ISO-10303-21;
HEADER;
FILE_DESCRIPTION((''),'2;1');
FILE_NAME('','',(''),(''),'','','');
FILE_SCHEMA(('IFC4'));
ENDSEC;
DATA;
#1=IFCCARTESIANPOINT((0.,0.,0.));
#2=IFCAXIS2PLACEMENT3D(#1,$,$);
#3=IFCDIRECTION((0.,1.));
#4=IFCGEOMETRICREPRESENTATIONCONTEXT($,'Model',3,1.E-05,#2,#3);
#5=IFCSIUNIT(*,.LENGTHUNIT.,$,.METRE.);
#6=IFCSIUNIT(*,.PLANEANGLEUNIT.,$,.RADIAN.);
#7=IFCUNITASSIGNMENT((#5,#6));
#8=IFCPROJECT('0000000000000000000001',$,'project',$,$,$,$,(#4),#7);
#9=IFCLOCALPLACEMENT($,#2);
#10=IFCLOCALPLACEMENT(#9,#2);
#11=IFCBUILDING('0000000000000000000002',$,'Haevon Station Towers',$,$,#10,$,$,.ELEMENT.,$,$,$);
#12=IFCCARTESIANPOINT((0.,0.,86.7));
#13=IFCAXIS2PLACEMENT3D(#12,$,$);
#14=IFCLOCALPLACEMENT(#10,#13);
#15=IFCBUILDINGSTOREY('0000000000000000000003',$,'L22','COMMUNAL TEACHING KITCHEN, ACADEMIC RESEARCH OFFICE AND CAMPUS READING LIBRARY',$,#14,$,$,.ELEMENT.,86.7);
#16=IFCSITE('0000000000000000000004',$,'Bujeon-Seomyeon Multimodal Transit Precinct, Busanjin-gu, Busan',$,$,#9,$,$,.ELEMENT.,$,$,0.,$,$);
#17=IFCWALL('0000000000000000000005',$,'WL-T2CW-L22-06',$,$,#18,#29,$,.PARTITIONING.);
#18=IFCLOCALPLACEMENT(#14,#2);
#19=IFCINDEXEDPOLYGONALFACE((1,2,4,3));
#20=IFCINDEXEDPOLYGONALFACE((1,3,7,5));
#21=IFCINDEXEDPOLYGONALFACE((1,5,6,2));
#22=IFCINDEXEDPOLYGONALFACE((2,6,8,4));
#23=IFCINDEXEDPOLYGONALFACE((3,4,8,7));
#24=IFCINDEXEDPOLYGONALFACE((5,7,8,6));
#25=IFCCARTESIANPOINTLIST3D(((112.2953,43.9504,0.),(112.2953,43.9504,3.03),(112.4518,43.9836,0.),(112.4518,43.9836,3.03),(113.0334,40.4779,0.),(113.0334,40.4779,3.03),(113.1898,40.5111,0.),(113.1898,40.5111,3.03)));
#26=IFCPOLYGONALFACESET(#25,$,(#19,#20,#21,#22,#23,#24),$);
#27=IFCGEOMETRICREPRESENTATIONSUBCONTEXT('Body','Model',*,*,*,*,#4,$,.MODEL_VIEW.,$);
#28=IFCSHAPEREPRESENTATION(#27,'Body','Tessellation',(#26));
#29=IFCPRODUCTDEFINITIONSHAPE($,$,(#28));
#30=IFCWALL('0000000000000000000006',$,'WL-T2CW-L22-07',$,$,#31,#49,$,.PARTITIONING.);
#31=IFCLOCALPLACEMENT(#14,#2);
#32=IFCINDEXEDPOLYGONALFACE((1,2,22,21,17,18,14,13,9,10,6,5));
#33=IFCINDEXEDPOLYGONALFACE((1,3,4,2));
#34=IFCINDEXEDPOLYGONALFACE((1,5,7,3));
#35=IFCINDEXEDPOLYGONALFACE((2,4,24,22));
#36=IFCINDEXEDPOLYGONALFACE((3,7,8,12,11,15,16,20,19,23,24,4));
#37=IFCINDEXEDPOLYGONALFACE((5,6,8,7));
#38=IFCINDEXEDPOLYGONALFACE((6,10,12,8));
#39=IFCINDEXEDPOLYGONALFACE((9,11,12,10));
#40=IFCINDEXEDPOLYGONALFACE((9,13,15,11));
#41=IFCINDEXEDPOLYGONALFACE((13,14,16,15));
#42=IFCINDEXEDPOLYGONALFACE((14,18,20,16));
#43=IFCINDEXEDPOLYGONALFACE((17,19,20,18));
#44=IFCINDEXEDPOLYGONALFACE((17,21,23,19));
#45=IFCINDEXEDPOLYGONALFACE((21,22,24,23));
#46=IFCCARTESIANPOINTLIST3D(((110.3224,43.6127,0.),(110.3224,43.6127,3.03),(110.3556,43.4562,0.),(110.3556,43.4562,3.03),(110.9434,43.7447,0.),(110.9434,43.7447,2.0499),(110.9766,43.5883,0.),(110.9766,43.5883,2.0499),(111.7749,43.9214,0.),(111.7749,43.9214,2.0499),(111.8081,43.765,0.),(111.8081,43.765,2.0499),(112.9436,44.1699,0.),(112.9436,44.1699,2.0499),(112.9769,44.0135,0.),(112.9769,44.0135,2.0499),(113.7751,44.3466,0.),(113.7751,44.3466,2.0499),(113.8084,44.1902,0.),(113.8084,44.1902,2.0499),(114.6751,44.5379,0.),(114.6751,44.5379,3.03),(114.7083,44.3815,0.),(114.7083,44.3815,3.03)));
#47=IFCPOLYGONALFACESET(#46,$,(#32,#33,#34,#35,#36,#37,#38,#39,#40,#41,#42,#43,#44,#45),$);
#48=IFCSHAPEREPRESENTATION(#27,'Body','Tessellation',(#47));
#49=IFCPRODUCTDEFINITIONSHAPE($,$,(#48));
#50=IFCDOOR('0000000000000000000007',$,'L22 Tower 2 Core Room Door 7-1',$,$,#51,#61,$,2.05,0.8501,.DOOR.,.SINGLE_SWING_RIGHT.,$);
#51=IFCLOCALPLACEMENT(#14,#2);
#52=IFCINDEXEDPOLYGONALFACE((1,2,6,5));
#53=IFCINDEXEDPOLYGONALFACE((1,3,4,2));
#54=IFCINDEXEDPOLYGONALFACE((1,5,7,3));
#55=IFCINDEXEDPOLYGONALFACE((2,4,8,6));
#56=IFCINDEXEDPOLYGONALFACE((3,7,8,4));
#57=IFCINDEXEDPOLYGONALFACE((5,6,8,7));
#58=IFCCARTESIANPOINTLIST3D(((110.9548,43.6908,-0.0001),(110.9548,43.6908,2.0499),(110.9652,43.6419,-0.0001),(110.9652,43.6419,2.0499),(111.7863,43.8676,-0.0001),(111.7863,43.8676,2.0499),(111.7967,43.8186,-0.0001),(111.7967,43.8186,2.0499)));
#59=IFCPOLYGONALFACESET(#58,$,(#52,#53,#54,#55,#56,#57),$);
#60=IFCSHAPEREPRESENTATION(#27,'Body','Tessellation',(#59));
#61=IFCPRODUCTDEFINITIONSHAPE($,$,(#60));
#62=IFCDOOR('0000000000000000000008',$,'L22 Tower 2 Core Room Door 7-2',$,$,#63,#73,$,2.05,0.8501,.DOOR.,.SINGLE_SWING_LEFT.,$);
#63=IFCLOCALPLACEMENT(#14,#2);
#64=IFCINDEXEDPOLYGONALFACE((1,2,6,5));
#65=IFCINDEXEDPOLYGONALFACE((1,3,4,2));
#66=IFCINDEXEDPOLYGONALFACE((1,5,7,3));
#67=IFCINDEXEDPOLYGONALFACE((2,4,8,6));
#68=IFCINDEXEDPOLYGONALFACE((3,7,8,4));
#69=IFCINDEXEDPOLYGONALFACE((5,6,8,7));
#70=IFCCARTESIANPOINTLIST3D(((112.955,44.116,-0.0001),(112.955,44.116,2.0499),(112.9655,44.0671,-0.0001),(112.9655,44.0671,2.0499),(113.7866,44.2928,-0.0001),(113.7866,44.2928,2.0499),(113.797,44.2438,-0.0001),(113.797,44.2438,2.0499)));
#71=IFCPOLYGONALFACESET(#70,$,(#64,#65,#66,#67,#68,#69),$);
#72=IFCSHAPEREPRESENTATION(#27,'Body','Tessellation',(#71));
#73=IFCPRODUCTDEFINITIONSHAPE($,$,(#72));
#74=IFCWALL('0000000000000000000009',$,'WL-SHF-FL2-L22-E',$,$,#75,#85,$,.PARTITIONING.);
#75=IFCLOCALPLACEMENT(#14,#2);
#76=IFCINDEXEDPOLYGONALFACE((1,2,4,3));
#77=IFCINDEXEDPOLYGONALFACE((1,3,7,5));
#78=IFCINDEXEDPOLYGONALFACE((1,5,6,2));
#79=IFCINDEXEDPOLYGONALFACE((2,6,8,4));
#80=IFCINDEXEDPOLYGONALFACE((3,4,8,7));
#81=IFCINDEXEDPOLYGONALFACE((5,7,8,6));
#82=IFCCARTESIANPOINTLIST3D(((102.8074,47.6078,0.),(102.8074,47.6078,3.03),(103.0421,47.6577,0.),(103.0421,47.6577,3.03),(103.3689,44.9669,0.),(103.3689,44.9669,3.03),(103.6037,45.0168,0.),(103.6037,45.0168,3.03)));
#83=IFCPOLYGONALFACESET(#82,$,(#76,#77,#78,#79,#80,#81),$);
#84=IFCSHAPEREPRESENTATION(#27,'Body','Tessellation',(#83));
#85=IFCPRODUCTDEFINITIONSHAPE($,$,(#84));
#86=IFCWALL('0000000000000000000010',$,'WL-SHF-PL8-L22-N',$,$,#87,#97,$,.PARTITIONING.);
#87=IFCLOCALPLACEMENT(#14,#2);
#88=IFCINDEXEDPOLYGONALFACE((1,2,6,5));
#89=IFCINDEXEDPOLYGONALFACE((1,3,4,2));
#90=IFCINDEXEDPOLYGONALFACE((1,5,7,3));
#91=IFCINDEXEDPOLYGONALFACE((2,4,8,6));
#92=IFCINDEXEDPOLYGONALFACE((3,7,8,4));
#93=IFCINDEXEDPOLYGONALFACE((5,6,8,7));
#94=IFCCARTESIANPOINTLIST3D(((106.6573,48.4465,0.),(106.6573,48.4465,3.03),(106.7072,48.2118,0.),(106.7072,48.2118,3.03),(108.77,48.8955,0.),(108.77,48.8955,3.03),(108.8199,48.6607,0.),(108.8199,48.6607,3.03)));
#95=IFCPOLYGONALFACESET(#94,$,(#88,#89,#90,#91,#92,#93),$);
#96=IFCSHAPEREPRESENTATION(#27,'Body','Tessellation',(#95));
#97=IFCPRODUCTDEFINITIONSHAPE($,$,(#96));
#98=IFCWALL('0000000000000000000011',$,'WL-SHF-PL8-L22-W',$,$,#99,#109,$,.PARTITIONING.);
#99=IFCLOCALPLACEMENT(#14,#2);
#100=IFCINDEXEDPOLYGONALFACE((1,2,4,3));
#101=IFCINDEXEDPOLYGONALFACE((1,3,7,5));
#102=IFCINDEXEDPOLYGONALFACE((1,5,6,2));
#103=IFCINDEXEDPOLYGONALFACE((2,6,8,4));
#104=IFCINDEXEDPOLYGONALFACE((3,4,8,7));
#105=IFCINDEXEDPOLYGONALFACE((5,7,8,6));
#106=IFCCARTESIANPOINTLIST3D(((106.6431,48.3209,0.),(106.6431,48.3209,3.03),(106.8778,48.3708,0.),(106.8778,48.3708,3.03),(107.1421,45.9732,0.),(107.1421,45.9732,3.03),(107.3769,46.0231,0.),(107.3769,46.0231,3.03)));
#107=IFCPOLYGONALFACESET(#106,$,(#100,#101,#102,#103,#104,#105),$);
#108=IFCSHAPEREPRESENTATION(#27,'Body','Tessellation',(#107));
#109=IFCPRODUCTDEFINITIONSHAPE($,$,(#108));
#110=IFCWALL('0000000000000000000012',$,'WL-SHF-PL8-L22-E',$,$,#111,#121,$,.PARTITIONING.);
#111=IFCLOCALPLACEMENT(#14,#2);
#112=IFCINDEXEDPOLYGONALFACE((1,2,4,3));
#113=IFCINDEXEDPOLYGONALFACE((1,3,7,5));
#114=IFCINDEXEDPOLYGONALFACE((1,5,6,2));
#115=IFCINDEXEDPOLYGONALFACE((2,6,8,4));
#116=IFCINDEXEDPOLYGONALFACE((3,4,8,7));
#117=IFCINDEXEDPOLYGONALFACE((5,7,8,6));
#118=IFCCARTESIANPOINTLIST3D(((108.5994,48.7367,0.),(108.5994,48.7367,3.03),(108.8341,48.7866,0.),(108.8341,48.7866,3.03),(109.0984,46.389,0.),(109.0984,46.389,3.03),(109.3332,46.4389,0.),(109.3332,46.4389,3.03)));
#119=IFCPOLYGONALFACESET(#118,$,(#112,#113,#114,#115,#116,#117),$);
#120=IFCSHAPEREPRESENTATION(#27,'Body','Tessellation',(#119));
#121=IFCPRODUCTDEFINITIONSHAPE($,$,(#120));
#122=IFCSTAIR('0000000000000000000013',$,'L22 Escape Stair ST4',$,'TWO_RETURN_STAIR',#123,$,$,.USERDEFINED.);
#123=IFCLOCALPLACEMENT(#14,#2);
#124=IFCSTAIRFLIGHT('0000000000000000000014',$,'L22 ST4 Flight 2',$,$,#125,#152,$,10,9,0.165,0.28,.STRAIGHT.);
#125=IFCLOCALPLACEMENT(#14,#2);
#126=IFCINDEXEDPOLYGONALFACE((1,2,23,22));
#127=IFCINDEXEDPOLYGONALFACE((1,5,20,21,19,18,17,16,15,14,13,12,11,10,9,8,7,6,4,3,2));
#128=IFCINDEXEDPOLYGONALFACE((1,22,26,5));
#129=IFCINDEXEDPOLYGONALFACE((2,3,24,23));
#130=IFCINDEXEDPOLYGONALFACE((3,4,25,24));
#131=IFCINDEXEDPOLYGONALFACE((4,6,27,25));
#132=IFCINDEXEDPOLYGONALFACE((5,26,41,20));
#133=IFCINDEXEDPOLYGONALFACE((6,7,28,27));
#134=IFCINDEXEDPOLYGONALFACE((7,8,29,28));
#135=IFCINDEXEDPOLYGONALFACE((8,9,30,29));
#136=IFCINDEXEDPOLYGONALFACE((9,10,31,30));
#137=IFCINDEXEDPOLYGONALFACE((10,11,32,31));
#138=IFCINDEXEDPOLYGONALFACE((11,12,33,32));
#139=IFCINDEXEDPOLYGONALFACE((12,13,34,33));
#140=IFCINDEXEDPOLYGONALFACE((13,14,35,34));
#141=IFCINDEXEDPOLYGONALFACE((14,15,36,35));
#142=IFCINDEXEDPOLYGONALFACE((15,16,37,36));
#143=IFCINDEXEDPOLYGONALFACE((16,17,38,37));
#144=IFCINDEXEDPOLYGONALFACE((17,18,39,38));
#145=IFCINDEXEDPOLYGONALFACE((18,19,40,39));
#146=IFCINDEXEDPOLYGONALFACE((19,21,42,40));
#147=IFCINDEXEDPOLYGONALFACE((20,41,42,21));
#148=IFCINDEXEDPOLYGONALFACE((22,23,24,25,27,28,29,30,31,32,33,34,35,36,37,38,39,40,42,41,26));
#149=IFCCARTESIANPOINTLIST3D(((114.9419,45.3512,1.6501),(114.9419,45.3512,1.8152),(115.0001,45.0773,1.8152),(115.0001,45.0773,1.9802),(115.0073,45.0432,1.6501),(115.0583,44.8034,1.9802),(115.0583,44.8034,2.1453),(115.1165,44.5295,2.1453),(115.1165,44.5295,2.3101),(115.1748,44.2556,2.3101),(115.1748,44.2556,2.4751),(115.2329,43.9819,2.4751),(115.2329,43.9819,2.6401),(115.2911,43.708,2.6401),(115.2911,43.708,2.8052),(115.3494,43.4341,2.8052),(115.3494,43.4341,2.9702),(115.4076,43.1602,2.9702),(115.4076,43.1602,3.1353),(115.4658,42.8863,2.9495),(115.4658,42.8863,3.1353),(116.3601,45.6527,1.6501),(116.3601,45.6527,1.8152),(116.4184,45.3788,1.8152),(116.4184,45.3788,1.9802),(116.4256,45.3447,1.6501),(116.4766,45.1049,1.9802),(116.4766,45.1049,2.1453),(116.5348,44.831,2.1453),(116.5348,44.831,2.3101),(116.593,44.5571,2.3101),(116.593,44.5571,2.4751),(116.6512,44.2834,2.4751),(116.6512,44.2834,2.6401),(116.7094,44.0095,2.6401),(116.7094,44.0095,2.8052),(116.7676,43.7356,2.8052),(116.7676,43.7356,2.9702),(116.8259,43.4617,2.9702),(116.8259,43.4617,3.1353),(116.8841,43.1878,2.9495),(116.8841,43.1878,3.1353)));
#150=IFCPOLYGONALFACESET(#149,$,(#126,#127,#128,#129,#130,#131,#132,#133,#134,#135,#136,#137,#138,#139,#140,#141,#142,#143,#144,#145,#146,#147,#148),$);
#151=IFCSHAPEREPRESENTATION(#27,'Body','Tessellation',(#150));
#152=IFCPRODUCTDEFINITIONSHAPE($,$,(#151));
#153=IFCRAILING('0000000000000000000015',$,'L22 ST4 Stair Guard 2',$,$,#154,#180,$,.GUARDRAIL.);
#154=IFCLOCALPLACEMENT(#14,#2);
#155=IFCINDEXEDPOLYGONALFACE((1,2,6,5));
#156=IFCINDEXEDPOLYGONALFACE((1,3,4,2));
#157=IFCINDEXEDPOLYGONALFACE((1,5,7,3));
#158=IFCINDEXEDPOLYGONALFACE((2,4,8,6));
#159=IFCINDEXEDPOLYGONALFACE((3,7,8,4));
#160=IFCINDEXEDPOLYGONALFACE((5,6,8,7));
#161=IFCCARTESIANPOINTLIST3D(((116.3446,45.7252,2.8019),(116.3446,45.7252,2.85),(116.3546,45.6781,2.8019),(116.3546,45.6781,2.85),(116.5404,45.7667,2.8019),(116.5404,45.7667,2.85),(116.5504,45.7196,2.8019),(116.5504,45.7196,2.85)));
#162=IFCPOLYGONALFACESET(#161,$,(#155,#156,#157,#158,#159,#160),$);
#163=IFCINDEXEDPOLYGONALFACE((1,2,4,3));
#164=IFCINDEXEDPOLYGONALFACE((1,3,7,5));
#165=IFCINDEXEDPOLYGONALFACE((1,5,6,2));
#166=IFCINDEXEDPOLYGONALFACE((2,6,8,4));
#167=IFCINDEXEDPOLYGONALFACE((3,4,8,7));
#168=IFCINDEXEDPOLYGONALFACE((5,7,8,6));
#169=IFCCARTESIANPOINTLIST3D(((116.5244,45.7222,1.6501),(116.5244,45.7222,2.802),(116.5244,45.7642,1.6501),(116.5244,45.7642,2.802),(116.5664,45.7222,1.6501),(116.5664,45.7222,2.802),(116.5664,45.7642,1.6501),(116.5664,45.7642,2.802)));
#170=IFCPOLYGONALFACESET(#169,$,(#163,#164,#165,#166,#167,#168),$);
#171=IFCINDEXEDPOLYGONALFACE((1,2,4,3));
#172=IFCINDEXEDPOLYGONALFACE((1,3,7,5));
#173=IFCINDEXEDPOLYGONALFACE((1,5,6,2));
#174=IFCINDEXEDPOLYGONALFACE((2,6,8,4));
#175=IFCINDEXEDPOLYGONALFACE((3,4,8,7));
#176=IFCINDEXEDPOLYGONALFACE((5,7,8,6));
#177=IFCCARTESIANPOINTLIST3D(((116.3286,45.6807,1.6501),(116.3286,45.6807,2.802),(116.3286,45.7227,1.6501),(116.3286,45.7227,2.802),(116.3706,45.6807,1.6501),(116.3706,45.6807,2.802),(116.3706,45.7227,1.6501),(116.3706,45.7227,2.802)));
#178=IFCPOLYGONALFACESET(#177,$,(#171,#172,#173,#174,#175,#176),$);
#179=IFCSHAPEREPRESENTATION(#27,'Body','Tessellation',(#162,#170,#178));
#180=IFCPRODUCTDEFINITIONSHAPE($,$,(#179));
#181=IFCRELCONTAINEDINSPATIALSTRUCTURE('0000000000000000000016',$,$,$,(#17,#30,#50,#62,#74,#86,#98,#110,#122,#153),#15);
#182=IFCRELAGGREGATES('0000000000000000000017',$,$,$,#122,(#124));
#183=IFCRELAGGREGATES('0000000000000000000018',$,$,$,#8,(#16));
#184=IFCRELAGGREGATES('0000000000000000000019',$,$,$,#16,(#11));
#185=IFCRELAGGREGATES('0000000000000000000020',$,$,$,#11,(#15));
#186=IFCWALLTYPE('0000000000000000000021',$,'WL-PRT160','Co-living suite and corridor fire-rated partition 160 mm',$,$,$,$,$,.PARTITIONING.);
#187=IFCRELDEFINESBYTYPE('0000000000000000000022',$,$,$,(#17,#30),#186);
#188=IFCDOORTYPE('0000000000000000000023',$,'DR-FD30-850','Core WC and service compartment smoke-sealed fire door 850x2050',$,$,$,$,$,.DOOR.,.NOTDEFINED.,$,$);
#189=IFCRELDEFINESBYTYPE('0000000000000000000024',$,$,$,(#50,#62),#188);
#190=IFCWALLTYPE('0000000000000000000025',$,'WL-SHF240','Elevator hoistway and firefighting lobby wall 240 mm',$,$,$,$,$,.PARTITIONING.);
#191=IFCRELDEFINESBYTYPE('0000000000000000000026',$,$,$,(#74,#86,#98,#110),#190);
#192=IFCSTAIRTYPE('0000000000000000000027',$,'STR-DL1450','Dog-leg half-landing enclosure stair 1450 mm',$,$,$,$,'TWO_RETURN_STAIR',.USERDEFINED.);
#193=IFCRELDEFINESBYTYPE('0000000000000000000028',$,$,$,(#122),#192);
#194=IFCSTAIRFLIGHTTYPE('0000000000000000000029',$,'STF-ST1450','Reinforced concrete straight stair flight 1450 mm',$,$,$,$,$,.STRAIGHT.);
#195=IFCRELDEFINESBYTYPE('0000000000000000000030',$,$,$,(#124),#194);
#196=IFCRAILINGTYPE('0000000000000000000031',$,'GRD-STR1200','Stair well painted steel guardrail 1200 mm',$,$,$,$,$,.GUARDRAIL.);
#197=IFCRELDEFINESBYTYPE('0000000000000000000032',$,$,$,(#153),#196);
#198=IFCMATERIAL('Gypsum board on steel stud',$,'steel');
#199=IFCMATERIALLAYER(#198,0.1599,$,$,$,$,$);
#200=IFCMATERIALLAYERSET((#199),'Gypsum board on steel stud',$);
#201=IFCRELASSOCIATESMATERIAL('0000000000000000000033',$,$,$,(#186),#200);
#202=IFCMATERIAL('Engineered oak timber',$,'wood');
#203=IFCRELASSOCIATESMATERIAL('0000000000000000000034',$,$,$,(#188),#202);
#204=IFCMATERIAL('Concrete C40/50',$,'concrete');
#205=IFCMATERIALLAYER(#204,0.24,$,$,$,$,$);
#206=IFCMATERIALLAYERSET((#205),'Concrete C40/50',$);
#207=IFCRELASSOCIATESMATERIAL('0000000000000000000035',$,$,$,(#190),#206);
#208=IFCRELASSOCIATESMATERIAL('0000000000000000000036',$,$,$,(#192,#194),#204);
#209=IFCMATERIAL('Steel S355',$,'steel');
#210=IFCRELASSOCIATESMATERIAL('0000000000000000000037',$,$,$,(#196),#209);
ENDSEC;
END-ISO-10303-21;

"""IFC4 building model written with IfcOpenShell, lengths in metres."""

from ifc_helpers import new_model, si_unit, direction, frame, frame_2d, origin, origin_2d, place, context, subcontext, project, spatial, polyline, rectangle, outline, extrude, material, layer, layer_set, type_object, element, fill, aggregate, save


model = new_model("IFC4")

# Units and contexts
model_context = context("Model", 3, precision=1e-05, world=origin(), true_north=direction((0.0, 1.0)))
body_context = subcontext(model_context, "Body", "Model", "MODEL_VIEW")
ifc_project = project(units=[si_unit("LENGTHUNIT", "METRE"), si_unit("PLANEANGLEUNIT", "RADIAN")], contexts=[model_context])

# Site, building, storey
site_placement = place(None, origin())
site = spatial("IfcSite", under=ifc_project, at=site_placement, Name="Bujeon-Seomyeon Multimodal Transit Precinct, Busanjin-gu, Busan", CompositionType="ELEMENT", RefElevation=0.0)
building_placement = place(site_placement, origin())
building = spatial("IfcBuilding", under=site, at=building_placement, Name="Haevon Station Towers", CompositionType="ELEMENT")
storey_placement = place(building_placement, frame((0.0, 0.0, 86.7)))
storey = spatial("IfcBuildingStorey", under=building, at=storey_placement, Name="L22", Description="COMMUNAL TEACHING KITCHEN, ACADEMIC RESEARCH OFFICE AND CAMPUS READING LIBRARY", CompositionType="ELEMENT", Elevation=86.7)

# Shared definitions
ifc_material_1 = material(Name="Steel S355", Category="steel")

# Shared definitions
ifc_material_2 = material(Name="Gypsum board on steel stud", Category="steel")
ifc_material_3 = material(Name="Engineered oak timber", Category="wood")

# Shared definitions
ifc_layer_1 = layer(ifc_material_2, 0.1599)
ifc_layer_set_1 = layer_set([ifc_layer_1], Name="Gypsum board on steel stud")
wall_type_1 = type_object("IfcWallType", Name="WL-PRT160", Description="Co-living suite and corridor fire-rated partition 160 mm", PredefinedType="PARTITIONING", material=ifc_layer_set_1)

# Wall
for number, where, z_axis, x_axis, name in (
    (1, (113.1116, 40.4946, 0.0), (0.0, 0.0, 1.0), (-0.207899, 0.97815, 0.0), "WL-T2CW-L22-06"),
):
    element("IfcWall", number, at=place(storey_placement, frame(where, z_axis=z_axis, x_axis=x_axis)), inside=storey, type_object=wall_type_1, Name=name, PredefinedType="PARTITIONING", context=body_context, shape_type="SweptSolid", body=[
        extrude(rectangle(XDim=3.55, YDim=0.1599, at=frame_2d((1.7749, 0.0))), origin(), (0.0, 0.0, 1.0), 3.03),
    ])

# Wall, openings, doors
wall_1_placement = place(storey_placement, frame((110.3389, 43.5344, 0.0), z_axis=(0.0, 0.0, 1.0), x_axis=(0.978144, 0.207929, 0.0)))
wall_1 = element("IfcWall", 2, at=wall_1_placement, inside=storey, type_object=wall_type_1, Name="WL-T2CW-L22-07", PredefinedType="PARTITIONING", context=body_context, shape_type="SweptSolid", body=[
    extrude(rectangle(XDim=4.45, YDim=0.1599, at=frame_2d((2.2251, 0.0))), origin(), (0.0, 0.0, 1.0), 3.03),
])
opening_1_placement = place(wall_1_placement, frame((0.635, 0.0, 0.0)))
opening_1 = element("IfcOpeningElement", 3, at=opening_1_placement, cuts=wall_1, PredefinedType="OPENING", context=body_context, shape_type="SweptSolid", body=[
    extrude(rectangle(XDim=0.8501, YDim=2.05, at=frame_2d((0.425, 1.0249))), frame((0.0, 0.0898, 0.0), z_axis=(0.0, -1.0, 0.0), x_axis=(1.0, 0.0, 0.0)), (0.0, 0.0, 1.0), 0.1799),
])
opening_2_placement = place(wall_1_placement, frame((2.6799, 0.0, 0.0)))
opening_2 = element("IfcOpeningElement", 4, at=opening_2_placement, cuts=wall_1, PredefinedType="OPENING", context=body_context, shape_type="SweptSolid", body=[
    extrude(rectangle(XDim=0.8501, YDim=2.05, at=frame_2d((0.425, 1.0249))), frame((0.0, 0.0898, 0.0), z_axis=(0.0, -1.0, 0.0), x_axis=(1.0, 0.0, 0.0)), (0.0, 0.0, 1.0), 0.1799),
])
door_type_1 = type_object("IfcDoorType", Name="DR-FD30-850", Description="Core WC and service compartment smoke-sealed fire door 850x2050", OperationType="NOTDEFINED", PredefinedType="DOOR", material=ifc_material_3)
door_1_placement = place(opening_1_placement, origin())
door_1 = element("IfcDoor", 5, at=door_1_placement, inside=storey, type_object=door_type_1, Name="L22 Tower 2 Core Room Door 7-1", OperationType="SINGLE_SWING_RIGHT", OverallHeight=2.05, OverallWidth=0.8501, PredefinedType="DOOR", context=body_context, shape_type="SweptSolid", body=[
    extrude(rectangle(XDim=0.8501, YDim=2.05, at=frame_2d((0.425, 1.0249))), frame((0.0, 0.0249, 0.0), z_axis=(0.0, -1.0, 0.0), x_axis=(1.0, 0.0, 0.0)), (0.0, 0.0, 1.0), 0.05),
])
fill(opening_1, door_1)
door_2_placement = place(opening_2_placement, origin())
door_2 = element("IfcDoor", 6, at=door_2_placement, inside=storey, type_object=door_type_1, Name="L22 Tower 2 Core Room Door 7-2", OperationType="SINGLE_SWING_LEFT", OverallHeight=2.05, OverallWidth=0.8501, PredefinedType="DOOR", context=body_context, shape_type="SweptSolid", body=[
    extrude(rectangle(XDim=0.8501, YDim=2.05, at=frame_2d((0.425, 1.0249))), frame((0.0, 0.0249, 0.0), z_axis=(0.0, -1.0, 0.0), x_axis=(1.0, 0.0, 0.0)), (0.0, 0.0, 1.0), 0.05),
])
fill(opening_2, door_2)

# Wall
ifc_material_4 = material(Name="Concrete C40/50", Category="concrete")
ifc_layer_2 = layer(ifc_material_4, 0.24)
ifc_layer_set_2 = layer_set([ifc_layer_2], Name="Concrete C40/50")
wall_type_2 = type_object("IfcWallType", Name="WL-SHF240", Description="Elevator hoistway and firefighting lobby wall 240 mm", PredefinedType="PARTITIONING", material=ifc_layer_set_2)
wall_2_placement = place(storey_placement, frame((103.4863, 44.9917, 0.0), z_axis=(0.0, 0.0, 1.0), x_axis=(-0.207979, 0.978133, 0.0)))
element("IfcWall", 7, at=wall_2_placement, inside=storey, type_object=wall_type_2, Name="WL-SHF-FL2-L22-E", PredefinedType="PARTITIONING", context=body_context, shape_type="SweptSolid", body=[
    extrude(rectangle(XDim=2.7, YDim=0.24, at=frame_2d((1.3501, 0.0))), origin(), (0.0, 0.0, 1.0), 3.03),
])

# Walls
wall_3_placement = place(storey_placement, frame((106.6821, 48.3291, 0.0), z_axis=(0.0, 0.0, 1.0), x_axis=(0.978158, 0.207861, 0.0)))
element("IfcWall", 8, at=wall_3_placement, inside=storey, type_object=wall_type_2, Name="WL-SHF-PL8-L22-N", PredefinedType="PARTITIONING", context=body_context, shape_type="SweptSolid", body=[
    extrude(rectangle(XDim=2.1599, YDim=0.24, at=frame_2d((1.0801, 0.0))), origin(), (0.0, 0.0, 1.0), 3.03),
])
for number, where, z_axis, x_axis, name in (
    (9, (107.2595, 45.998, 0.0), (0.0, 0.0, 1.0), (-0.207917, 0.978146, 0.0), "WL-SHF-PL8-L22-W"),
    (10, (109.2158, 46.4138, 0.0), (0.0, 0.0, 1.0), (-0.207917, 0.978146, 0.0), "WL-SHF-PL8-L22-E"),
):
    element("IfcWall", number, at=place(storey_placement, frame(where, z_axis=z_axis, x_axis=x_axis)), inside=storey, type_object=wall_type_2, Name=name, PredefinedType="PARTITIONING", context=body_context, shape_type="SweptSolid", body=[
        extrude(rectangle(XDim=2.4001, YDim=0.24, at=frame_2d((1.2002, 0.0))), origin(), (0.0, 0.0, 1.0), 3.03),
    ])

# Stair, stair flight
stair_type = type_object("IfcStairType", Name="STR-DL1450", Description="Dog-leg half-landing enclosure stair 1450 mm", ElementType="TWO_RETURN_STAIR", PredefinedType="USERDEFINED", material=ifc_material_4)
stair_placement = place(storey_placement, origin())
stair = element("IfcStair", 11, at=stair_placement, inside=storey, type_object=stair_type, Name="L22 Escape Stair ST4", ObjectType="TWO_RETURN_STAIR", PredefinedType="USERDEFINED")
stair_flight_type = type_object("IfcStairFlightType", Name="STF-ST1450", Description="Reinforced concrete straight stair flight 1450 mm", PredefinedType="STRAIGHT", material=ifc_material_4)
stair_flight_placement = place(storey_placement, frame((115.6509, 45.502, 1.6501), z_axis=(0.0, 0.0, 1.0), x_axis=(0.207912, -0.978148, 0.0)))
stair_flight = element("IfcStairFlight", 12, at=stair_flight_placement, type_object=stair_flight_type, Name="L22 ST4 Flight 2", NumberOfRisers=10, NumberOfTreads=9, PredefinedType="STRAIGHT", RiserHeight=0.165, TreadLength=0.28, context=body_context, shape_type="SweptSolid", body=[
    extrude(outline(polyline([(0.0, 0.0), (0.0, 0.165), (0.28, 0.165), (0.28, 0.3301), (0.5601, 0.3301), (0.5601, 0.4951), (0.8401, 0.4951), (0.8401, 0.6599), (1.1201, 0.6599), (1.1201, 0.825), (1.3999, 0.825), (1.3999, 0.99), (1.6799, 0.99), (1.6799, 1.155), (1.96, 1.155), (1.96, 1.3201), (2.24, 1.3201), (2.24, 1.4851), (2.52, 1.4851), (2.52, 1.6499), (2.52, 1.2993), (0.3149, 0.0), (0.0, 0.0)])), frame((0.0, 0.7251, 0.0), z_axis=(0.0, -1.0, 0.0), x_axis=(1.0, 0.0, 0.0)), (0.0, 0.0, 1.0), 1.45),
])
aggregate(stair, [stair_flight])

# Railing
railing_type_1 = type_object("IfcRailingType", Name="GRD-STR1200", Description="Stair well painted steel guardrail 1200 mm", PredefinedType="GUARDRAIL", material=ifc_material_1)
railing_1_placement = place(storey_placement, frame((116.5454, 45.7432, 1.6501)))
element("IfcRailing", 13, at=railing_1_placement, inside=storey, type_object=railing_type_1, Name="L22 ST4 Stair Guard 2", PredefinedType="GUARDRAIL", context=body_context, shape_type="SweptSolid", body=[
    extrude(rectangle(XDim=0.0481, YDim=0.0481, at=origin_2d()), frame((0.0, 0.0, 1.1758), z_axis=(-0.978264, -0.207363, 0.0), x_axis=(0.207363, -0.978264, 0.0)), (0.0, 0.0, 1.0), 0.2002),
    extrude(rectangle(XDim=0.042, YDim=0.042, at=origin_2d()), origin(), (0.0, 0.0, 1.0), 1.1519),
    extrude(rectangle(XDim=0.042, YDim=0.042, at=origin_2d()), frame((-0.1958, -0.0415, 0.0)), (0.0, 0.0, 1.0), 1.1519),
])

save(model, "model.ifc")
